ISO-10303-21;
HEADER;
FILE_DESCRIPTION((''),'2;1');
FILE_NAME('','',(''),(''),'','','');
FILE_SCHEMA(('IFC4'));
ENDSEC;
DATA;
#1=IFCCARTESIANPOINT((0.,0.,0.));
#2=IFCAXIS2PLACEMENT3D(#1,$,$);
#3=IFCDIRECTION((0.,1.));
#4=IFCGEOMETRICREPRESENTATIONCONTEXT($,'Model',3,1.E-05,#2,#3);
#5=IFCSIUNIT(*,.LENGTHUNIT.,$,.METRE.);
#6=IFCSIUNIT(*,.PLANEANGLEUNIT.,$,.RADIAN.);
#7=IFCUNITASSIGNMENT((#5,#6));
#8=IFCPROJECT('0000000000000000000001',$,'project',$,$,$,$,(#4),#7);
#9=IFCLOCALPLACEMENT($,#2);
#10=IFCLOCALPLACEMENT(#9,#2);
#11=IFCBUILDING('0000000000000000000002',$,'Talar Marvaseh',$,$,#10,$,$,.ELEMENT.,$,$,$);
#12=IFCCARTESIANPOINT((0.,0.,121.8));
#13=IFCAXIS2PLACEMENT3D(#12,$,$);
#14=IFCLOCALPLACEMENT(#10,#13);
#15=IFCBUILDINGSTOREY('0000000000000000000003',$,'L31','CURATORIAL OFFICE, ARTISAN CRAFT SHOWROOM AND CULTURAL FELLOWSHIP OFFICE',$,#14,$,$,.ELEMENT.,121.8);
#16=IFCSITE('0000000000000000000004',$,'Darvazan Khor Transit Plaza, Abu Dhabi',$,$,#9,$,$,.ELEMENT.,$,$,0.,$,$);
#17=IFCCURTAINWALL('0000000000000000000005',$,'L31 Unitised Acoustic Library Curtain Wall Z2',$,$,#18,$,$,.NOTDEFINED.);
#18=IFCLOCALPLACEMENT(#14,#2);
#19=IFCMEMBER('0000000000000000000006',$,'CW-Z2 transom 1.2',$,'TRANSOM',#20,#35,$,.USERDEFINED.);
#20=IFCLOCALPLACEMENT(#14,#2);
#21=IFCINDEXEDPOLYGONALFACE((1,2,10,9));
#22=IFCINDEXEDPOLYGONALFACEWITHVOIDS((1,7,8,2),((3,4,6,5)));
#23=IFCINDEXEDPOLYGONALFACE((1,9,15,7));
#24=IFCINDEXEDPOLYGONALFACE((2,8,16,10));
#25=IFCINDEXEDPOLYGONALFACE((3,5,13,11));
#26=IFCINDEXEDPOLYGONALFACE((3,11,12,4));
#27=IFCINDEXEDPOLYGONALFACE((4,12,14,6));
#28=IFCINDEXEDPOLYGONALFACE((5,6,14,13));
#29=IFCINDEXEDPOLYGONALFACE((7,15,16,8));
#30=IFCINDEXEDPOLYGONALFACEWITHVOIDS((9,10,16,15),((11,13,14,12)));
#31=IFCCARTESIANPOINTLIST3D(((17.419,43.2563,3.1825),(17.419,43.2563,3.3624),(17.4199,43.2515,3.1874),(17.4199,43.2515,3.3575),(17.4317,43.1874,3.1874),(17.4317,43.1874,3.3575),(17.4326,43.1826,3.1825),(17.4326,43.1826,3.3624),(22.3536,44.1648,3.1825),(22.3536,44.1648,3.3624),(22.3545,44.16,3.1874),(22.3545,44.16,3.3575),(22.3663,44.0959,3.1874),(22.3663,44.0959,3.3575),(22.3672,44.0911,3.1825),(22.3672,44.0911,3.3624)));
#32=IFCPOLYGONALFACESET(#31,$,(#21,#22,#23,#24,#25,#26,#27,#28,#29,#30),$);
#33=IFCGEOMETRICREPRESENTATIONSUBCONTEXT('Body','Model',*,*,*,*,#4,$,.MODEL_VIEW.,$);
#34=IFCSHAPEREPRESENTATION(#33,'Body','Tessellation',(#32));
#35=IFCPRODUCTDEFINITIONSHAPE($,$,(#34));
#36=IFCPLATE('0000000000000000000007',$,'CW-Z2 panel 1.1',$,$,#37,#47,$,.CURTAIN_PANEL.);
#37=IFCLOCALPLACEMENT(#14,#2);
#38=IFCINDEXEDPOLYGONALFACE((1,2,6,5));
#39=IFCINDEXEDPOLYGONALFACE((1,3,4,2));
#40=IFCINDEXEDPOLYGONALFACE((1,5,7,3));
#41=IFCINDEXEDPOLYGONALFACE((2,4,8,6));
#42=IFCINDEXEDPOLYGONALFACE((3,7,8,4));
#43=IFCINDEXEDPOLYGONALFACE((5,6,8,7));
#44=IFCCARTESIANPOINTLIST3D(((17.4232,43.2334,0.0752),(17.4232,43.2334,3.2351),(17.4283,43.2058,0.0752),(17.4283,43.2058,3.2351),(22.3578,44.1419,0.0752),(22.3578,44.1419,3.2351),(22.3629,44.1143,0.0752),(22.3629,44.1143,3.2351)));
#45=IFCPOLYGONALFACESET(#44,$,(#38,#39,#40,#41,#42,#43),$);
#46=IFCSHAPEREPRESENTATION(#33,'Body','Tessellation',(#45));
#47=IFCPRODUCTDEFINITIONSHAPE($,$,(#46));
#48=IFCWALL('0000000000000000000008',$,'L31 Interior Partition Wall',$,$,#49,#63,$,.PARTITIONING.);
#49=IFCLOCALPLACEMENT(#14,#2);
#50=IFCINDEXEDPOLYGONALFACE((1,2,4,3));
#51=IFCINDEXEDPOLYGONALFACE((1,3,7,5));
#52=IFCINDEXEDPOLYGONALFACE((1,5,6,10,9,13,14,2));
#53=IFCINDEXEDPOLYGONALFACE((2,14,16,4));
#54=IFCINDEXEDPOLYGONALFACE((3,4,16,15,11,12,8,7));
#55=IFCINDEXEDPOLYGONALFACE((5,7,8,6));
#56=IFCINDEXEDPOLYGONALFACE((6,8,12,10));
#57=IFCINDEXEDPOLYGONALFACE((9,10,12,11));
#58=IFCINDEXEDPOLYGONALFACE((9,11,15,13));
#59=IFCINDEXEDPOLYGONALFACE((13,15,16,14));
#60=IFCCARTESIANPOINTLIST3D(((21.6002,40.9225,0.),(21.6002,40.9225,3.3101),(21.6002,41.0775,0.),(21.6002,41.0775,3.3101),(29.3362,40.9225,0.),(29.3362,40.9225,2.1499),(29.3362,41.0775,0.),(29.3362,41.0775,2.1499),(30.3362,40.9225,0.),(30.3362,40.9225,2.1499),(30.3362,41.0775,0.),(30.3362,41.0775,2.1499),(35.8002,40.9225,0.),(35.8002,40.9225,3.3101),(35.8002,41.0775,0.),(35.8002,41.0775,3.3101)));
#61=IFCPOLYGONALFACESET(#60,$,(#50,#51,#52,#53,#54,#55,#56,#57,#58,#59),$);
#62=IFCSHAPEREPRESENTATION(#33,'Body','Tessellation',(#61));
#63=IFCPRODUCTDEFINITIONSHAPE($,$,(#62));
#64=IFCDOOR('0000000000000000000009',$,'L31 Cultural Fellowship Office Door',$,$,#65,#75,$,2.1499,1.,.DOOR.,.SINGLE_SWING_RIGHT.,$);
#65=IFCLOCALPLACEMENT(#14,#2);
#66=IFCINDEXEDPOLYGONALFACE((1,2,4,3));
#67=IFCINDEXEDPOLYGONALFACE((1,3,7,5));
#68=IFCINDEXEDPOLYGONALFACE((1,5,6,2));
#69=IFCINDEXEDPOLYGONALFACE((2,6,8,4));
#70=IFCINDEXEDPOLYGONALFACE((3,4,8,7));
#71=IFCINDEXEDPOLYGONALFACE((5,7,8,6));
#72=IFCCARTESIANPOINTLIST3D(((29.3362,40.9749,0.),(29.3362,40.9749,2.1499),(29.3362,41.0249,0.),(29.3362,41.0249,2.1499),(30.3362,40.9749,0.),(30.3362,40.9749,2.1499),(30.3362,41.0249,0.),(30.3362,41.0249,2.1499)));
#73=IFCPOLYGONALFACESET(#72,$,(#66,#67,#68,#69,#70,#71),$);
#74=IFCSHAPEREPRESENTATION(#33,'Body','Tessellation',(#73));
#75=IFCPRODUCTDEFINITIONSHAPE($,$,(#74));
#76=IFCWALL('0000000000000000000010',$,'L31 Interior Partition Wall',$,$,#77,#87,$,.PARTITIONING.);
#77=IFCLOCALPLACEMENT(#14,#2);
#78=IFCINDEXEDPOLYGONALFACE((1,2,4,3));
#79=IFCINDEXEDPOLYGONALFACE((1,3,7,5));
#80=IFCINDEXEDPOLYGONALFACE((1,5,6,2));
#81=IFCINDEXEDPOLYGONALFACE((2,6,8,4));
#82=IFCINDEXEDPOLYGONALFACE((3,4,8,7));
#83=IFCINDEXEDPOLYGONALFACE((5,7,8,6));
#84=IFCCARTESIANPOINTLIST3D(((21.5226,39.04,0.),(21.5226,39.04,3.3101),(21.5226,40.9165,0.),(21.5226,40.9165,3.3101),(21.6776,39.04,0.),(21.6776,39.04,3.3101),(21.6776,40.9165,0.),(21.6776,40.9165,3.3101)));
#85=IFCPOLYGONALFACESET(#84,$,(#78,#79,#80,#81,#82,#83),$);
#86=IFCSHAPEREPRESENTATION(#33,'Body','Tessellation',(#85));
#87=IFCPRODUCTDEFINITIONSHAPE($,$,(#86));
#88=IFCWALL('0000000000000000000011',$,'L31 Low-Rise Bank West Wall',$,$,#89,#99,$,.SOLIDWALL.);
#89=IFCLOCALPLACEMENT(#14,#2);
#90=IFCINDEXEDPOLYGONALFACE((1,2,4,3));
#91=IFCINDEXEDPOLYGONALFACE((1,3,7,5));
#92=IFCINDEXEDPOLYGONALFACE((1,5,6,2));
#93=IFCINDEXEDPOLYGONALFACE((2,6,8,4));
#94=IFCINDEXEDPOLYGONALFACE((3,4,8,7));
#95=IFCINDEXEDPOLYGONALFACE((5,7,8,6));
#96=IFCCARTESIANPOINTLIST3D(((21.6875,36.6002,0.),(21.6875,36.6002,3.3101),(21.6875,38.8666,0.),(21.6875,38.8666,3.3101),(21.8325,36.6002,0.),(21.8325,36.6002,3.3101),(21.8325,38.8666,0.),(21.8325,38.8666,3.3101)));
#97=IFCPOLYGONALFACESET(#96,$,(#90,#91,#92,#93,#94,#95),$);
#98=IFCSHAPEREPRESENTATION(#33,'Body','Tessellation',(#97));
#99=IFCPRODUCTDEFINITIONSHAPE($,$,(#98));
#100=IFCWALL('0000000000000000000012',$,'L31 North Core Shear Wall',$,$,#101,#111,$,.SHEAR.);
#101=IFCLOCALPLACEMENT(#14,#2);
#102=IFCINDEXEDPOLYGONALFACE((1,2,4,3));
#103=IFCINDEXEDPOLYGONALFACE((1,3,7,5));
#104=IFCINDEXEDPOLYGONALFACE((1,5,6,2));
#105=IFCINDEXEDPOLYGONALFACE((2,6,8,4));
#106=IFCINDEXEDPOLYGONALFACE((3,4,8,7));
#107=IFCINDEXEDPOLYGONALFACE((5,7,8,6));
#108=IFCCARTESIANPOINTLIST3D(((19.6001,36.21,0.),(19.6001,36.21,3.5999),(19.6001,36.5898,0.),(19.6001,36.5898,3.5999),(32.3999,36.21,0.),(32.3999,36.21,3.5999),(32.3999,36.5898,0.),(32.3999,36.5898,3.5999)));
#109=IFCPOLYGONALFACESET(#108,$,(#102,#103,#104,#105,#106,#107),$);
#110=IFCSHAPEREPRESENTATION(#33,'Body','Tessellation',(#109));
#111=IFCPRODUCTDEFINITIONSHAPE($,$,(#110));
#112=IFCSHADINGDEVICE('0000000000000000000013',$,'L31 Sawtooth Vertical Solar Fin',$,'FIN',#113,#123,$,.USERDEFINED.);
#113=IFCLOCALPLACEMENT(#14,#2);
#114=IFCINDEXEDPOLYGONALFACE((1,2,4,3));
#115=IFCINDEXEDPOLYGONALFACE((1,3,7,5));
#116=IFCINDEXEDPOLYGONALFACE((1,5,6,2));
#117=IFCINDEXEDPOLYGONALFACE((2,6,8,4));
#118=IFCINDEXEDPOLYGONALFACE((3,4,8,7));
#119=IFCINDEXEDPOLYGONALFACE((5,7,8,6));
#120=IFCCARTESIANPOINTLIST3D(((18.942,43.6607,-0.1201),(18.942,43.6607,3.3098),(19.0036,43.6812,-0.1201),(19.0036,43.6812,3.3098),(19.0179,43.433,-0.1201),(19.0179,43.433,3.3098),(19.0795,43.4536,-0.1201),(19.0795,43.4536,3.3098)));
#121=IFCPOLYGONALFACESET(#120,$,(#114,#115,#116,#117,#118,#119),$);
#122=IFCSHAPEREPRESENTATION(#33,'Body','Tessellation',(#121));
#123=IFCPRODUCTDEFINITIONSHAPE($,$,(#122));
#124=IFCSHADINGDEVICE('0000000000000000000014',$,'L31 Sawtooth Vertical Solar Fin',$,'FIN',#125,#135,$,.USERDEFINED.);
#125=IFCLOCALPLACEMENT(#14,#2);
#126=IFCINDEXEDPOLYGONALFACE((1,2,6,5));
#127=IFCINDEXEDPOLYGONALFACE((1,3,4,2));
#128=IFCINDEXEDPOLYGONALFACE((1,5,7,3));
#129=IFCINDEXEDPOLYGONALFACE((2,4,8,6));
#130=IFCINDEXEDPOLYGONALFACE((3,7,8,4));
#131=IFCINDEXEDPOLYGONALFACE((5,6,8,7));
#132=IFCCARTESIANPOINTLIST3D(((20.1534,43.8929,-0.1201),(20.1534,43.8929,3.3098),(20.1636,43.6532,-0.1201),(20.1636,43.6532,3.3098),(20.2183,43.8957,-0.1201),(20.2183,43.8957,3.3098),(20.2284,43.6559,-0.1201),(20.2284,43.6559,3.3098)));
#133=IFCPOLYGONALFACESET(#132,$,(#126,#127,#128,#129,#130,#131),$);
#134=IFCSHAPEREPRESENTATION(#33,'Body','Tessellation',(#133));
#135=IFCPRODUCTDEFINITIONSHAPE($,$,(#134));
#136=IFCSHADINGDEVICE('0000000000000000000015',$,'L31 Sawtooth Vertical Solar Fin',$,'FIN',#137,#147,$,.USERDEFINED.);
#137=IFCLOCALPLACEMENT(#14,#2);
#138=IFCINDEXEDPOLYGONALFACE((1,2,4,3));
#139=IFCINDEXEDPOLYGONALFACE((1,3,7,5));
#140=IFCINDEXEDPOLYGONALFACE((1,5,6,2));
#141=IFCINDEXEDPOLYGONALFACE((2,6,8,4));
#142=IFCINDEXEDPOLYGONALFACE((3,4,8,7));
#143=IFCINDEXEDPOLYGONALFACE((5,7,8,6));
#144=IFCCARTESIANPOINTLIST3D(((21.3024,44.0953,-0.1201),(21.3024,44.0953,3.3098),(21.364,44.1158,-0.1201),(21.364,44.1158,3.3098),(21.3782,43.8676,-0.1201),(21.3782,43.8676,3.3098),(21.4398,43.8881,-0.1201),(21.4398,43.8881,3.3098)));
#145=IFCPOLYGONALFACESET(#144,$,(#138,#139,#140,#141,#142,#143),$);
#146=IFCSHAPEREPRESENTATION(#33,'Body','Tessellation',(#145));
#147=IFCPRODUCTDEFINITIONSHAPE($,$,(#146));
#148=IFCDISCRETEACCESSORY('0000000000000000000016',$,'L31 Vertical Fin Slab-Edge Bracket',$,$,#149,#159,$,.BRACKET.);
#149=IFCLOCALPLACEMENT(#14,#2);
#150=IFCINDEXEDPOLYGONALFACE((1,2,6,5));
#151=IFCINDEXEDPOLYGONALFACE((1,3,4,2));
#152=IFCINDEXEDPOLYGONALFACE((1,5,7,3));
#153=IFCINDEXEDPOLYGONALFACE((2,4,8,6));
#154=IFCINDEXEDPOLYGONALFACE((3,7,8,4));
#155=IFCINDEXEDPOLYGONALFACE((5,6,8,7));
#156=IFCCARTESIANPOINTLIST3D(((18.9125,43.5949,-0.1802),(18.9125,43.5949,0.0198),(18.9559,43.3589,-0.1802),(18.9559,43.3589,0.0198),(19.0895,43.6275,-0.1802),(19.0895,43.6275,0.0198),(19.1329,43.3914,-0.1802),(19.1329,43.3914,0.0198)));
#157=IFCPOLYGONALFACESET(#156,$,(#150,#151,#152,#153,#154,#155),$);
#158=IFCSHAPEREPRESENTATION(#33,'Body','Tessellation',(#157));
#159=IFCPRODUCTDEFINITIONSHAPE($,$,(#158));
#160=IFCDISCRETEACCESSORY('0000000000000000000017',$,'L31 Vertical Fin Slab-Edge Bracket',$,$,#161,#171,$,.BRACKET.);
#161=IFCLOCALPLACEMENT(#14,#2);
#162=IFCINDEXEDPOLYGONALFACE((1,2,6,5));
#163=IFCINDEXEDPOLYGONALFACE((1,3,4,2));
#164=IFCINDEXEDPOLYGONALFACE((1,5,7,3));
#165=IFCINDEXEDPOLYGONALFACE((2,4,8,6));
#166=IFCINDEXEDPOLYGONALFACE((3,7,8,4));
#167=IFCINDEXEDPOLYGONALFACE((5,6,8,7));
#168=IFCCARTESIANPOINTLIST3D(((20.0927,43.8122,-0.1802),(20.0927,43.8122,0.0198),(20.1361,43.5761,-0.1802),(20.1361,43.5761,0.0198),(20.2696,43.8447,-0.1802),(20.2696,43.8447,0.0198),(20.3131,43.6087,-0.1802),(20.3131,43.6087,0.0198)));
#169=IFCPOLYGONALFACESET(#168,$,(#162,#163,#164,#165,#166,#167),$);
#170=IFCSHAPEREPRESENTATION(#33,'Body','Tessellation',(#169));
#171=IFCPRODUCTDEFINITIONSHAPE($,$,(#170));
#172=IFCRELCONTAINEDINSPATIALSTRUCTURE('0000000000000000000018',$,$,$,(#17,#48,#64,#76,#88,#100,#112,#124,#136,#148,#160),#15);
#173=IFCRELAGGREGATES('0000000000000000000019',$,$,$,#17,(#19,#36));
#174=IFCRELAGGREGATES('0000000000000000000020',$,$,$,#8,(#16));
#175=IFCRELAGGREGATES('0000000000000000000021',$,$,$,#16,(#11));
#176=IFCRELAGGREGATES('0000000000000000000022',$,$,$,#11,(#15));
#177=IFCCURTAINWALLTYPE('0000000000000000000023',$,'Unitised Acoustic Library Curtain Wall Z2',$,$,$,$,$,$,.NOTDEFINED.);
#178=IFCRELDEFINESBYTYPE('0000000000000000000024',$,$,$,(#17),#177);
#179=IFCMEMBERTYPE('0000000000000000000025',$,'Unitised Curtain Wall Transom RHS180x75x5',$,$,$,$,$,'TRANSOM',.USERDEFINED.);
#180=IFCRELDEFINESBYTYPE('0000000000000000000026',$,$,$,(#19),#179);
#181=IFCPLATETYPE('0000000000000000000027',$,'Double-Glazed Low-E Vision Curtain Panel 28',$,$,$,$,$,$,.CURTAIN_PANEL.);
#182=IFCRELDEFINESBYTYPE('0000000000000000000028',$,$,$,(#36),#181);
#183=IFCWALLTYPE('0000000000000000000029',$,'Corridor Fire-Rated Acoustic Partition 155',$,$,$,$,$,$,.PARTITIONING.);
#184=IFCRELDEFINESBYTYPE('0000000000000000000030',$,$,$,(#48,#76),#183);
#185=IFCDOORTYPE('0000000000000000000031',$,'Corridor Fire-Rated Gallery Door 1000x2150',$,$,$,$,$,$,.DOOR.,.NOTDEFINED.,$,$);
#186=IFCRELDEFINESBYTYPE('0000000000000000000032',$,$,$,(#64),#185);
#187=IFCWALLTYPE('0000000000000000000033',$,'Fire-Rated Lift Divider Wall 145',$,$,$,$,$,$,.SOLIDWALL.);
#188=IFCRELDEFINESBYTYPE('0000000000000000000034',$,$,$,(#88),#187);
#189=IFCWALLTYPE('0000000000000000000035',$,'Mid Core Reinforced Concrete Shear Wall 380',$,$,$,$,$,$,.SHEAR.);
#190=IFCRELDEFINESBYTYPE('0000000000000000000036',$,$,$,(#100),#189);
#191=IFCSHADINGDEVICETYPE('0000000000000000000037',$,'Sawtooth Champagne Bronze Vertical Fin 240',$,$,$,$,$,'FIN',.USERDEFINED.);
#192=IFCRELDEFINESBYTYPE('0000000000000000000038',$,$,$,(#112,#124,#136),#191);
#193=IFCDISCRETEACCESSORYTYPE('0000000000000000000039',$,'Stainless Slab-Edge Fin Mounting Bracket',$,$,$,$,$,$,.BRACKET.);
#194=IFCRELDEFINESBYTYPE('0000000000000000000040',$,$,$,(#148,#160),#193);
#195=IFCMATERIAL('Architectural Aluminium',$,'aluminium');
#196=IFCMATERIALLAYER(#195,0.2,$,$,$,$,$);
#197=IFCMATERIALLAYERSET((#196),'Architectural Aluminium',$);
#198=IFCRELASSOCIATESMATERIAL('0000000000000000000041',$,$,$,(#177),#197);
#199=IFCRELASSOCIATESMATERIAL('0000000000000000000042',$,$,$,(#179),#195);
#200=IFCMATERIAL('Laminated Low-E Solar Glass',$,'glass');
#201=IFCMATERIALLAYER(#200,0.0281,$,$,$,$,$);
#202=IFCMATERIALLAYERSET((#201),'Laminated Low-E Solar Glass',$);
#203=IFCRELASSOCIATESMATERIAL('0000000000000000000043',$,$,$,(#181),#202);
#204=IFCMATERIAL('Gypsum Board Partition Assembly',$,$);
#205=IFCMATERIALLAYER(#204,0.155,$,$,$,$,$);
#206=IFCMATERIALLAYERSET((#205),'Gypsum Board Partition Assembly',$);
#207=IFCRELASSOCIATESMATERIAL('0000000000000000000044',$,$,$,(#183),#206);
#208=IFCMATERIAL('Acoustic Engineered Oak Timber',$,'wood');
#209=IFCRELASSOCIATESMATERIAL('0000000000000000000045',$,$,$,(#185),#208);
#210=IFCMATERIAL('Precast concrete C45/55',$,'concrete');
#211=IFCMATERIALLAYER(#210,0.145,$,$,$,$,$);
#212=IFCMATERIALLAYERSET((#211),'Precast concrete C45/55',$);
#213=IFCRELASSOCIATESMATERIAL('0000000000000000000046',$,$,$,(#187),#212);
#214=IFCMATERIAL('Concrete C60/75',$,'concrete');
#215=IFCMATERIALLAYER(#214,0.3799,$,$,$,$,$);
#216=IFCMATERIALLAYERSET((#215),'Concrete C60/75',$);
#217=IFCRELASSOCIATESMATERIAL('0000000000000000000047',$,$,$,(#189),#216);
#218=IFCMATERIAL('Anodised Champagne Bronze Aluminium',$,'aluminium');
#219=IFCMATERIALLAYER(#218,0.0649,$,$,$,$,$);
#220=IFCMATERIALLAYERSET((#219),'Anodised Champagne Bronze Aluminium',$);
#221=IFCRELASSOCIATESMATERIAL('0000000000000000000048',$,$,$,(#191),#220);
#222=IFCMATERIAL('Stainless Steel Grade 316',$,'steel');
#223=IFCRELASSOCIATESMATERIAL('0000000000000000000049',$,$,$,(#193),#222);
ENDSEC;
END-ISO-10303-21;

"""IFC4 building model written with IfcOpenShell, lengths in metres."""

from ifc_helpers import new_model, si_unit, direction, frame, frame_2d, origin, origin_2d, place, context, subcontext, project, spatial, rectangle, hollow_rectangle, extrude, source, transform, mapped, material, layer, layer_set, material_profile, profile_set, type_object, type_shapes, element, fill, aggregate, save


model = new_model("IFC4")

# Units and contexts
model_context = context("Model", 3, precision=1e-05, world=origin(), true_north=direction((0.0, 1.0)))
body_context = subcontext(model_context, "Body", "Model", "MODEL_VIEW")
ifc_project = project(units=[si_unit("LENGTHUNIT", "METRE"), si_unit("PLANEANGLEUNIT", "RADIAN")], contexts=[model_context])

# Site, building, storey
site_placement = place(None, origin())
site = spatial("IfcSite", under=ifc_project, at=site_placement, Name="Darvazan Khor Transit Plaza, Abu Dhabi", CompositionType="ELEMENT", RefElevation=0.0)
building_placement = place(site_placement, origin())
building = spatial("IfcBuilding", under=site, at=building_placement, Name="Talar Marvaseh", CompositionType="ELEMENT")
storey_placement = place(building_placement, frame((0.0, 0.0, 121.8)))
storey = spatial("IfcBuildingStorey", under=building, at=storey_placement, Name="L31", Description="CURATORIAL OFFICE, ARTISAN CRAFT SHOWROOM AND CULTURAL FELLOWSHIP OFFICE", CompositionType="ELEMENT", Elevation=121.8)

# Shared definitions
ifc_material_1 = material(Name="Concrete C60/75", Category="concrete")

# Curtain wall, member, plate
ifc_material_2 = material(Name="Architectural Aluminium", Category="aluminium")
ifc_layer_1 = layer(ifc_material_2, 0.2)
ifc_layer_set_1 = layer_set([ifc_layer_1], Name="Architectural Aluminium")
curtain_wall_type = type_object("IfcCurtainWallType", Name="Unitised Acoustic Library Curtain Wall Z2", PredefinedType="NOTDEFINED", material=ifc_layer_set_1)
curtain_wall_placement = place(storey_placement, origin())
curtain_wall = element("IfcCurtainWall", 1, at=curtain_wall_placement, inside=storey, type_object=curtain_wall_type, Name="L31 Unitised Acoustic Library Curtain Wall Z2", PredefinedType="NOTDEFINED")
ifc_material_profile_1 = material_profile(ifc_material_2, hollow_rectangle(XDim=0.075, YDim=0.1799, WallThickness=0.0049, at=origin_2d()), Name="RHS180x75x5")
ifc_profile_set_1 = profile_set([ifc_material_profile_1], Name="Architectural Aluminium")
member_type_1 = type_object("IfcMemberType", Name="Unitised Curtain Wall Transom RHS180x75x5", ElementType="TRANSOM", PredefinedType="USERDEFINED", material=ifc_profile_set_1)
shared_shape_1 = source(origin(), body_context, "Body", "SweptSolid", [
    extrude(hollow_rectangle(XDim=0.075, YDim=0.1799, WallThickness=0.0049, at=origin_2d()), origin(), (0.0, 0.0, 1.0), 5.0176),
])
type_shapes(member_type_1, [shared_shape_1])
member_1_placement = place(storey_placement, frame((17.4258, 43.2195, 3.2725), z_axis=(0.983473, 0.181056, 0.0), x_axis=(-0.181056, 0.983473, 0.0)))
member_1 = element("IfcMember", 2, at=member_1_placement, type_object=member_type_1, Name="CW-Z2 transom 1.2", ObjectType="TRANSOM", PredefinedType="USERDEFINED", context=body_context, shape_type="MappedRepresentation", body=[
    mapped(shared_shape_1, transform((0.0, 0.0, 0.0), x_axis=(1.0, 0.0, 0.0), y_axis=(0.0, 1.0, 0.0), z_axis=(0.0, 0.0, 1.0), scale=1.0)),
])
ifc_material_3 = material(Name="Laminated Low-E Solar Glass", Category="glass")
ifc_layer_2 = layer(ifc_material_3, 0.0281)
ifc_layer_set_2 = layer_set([ifc_layer_2], Name="Laminated Low-E Solar Glass")
plate_type = type_object("IfcPlateType", Name="Double-Glazed Low-E Vision Curtain Panel 28", PredefinedType="CURTAIN_PANEL", material=ifc_layer_set_2)
shared_shape_2 = source(origin(), body_context, "Body", "SweptSolid", [
    extrude(rectangle(XDim=5.0176, YDim=0.0281, at=origin_2d()), origin(), (0.0, 0.0, 1.0), 3.1599),
])
type_shapes(plate_type, [shared_shape_2])
plate_placement = place(storey_placement, frame((19.8931, 43.6738, 0.0752), z_axis=(0.0, 0.0, 1.0), x_axis=(0.98347, 0.181071, 0.0)))
plate = element("IfcPlate", 3, at=plate_placement, type_object=plate_type, Name="CW-Z2 panel 1.1", PredefinedType="CURTAIN_PANEL", context=body_context, shape_type="MappedRepresentation", body=[
    mapped(shared_shape_2, transform((0.0, 0.0, 0.0), x_axis=(1.0, 0.0, 0.0), y_axis=(0.0, 1.0, 0.0), z_axis=(0.0, 0.0, 1.0), scale=1.0)),
])
aggregate(curtain_wall, [member_1, plate])

# Wall, opening, door
ifc_material_4 = material(Name="Gypsum Board Partition Assembly")
ifc_layer_3 = layer(ifc_material_4, 0.155)
ifc_layer_set_3 = layer_set([ifc_layer_3], Name="Gypsum Board Partition Assembly")
wall_type_1 = type_object("IfcWallType", Name="Corridor Fire-Rated Acoustic Partition 155", PredefinedType="PARTITIONING", material=ifc_layer_set_3)
wall_1_placement = place(storey_placement, frame((21.6001, 41.0, 0.0), z_axis=(0.0, 0.0, 1.0), x_axis=(1.0, 0.0, 0.0)))
wall_1 = element("IfcWall", 4, at=wall_1_placement, inside=storey, type_object=wall_type_1, Name="L31 Interior Partition Wall", PredefinedType="PARTITIONING", context=body_context, shape_type="SweptSolid", body=[
    extrude(rectangle(XDim=14.2, YDim=0.155, at=frame_2d((7.1001, 0.0))), origin(), (0.0, 0.0, 1.0), 3.3101),
])
opening_1_placement = place(wall_1_placement, frame((7.7361, 0.0, 0.0)))
opening_1 = element("IfcOpeningElement", 5, at=opening_1_placement, cuts=wall_1, PredefinedType="OPENING", context=body_context, shape_type="SweptSolid", body=[
    extrude(rectangle(XDim=1.0, YDim=2.1499, at=frame_2d((0.5, 1.075))), frame((0.0, 0.0874, 0.0), z_axis=(0.0, -1.0, 0.0), x_axis=(1.0, 0.0, 0.0)), (0.0, 0.0, 1.0), 0.175),
])
ifc_material_5 = material(Name="Acoustic Engineered Oak Timber", Category="wood")
door_type_1 = type_object("IfcDoorType", Name="Corridor Fire-Rated Gallery Door 1000x2150", OperationType="NOTDEFINED", PredefinedType="DOOR", material=ifc_material_5)
shared_shape_3 = source(origin(), body_context, "Body", "SweptSolid", [
    extrude(rectangle(XDim=1.0, YDim=2.1499, at=frame_2d((0.5, 1.075))), frame((0.0, 0.0249, 0.0), z_axis=(0.0, -1.0, 0.0), x_axis=(1.0, 0.0, 0.0)), (0.0, 0.0, 1.0), 0.05),
])
type_shapes(door_type_1, [shared_shape_3])
door_1_placement = place(opening_1_placement, origin())
door_1 = element("IfcDoor", 6, at=door_1_placement, inside=storey, type_object=door_type_1, Name="L31 Cultural Fellowship Office Door", OperationType="SINGLE_SWING_RIGHT", OverallHeight=2.1499, OverallWidth=1.0, PredefinedType="DOOR", context=body_context, shape_type="MappedRepresentation", body=[
    mapped(shared_shape_3, transform((0.0, 0.0, 0.0), x_axis=(1.0, 0.0, 0.0), y_axis=(0.0, 1.0, 0.0), z_axis=(0.0, 0.0, 1.0), scale=1.0)),
])
fill(opening_1, door_1)

# Walls
wall_2_placement = place(storey_placement, frame((21.6001, 39.04, 0.0), z_axis=(0.0, 0.0, 1.0), x_axis=(0.0, 1.0, 0.0)))
element("IfcWall", 7, at=wall_2_placement, inside=storey, type_object=wall_type_1, Name="L31 Interior Partition Wall", PredefinedType="PARTITIONING", context=body_context, shape_type="SweptSolid", body=[
    extrude(rectangle(XDim=1.8765, YDim=0.155, at=frame_2d((0.9382, 0.0))), origin(), (0.0, 0.0, 1.0), 3.3101),
])
ifc_material_6 = material(Name="Precast concrete C45/55", Category="concrete")
ifc_layer_4 = layer(ifc_material_6, 0.145)
ifc_layer_set_4 = layer_set([ifc_layer_4], Name="Precast concrete C45/55")
wall_type_2 = type_object("IfcWallType", Name="Fire-Rated Lift Divider Wall 145", PredefinedType="SOLIDWALL", material=ifc_layer_set_4)
wall_3_placement = place(storey_placement, frame((21.76, 36.6001, 0.0), z_axis=(0.0, 0.0, 1.0), x_axis=(0.0, 1.0, 0.0)))
element("IfcWall", 8, at=wall_3_placement, inside=storey, type_object=wall_type_2, Name="L31 Low-Rise Bank West Wall", PredefinedType="SOLIDWALL", context=body_context, shape_type="SweptSolid", body=[
    extrude(rectangle(XDim=2.2664, YDim=0.145, at=frame_2d((1.1333, 0.0))), origin(), (0.0, 0.0, 1.0), 3.3101),
])

# Shared definitions
ifc_material_7 = material(Name="Stainless Steel Grade 316", Category="steel")

# Wall
ifc_layer_5 = layer(ifc_material_1, 0.3799)
ifc_layer_set_5 = layer_set([ifc_layer_5], Name="Concrete C60/75")
wall_type_3 = type_object("IfcWallType", Name="Mid Core Reinforced Concrete Shear Wall 380", PredefinedType="SHEAR", material=ifc_layer_set_5)
wall_4_placement = place(storey_placement, frame((19.6001, 36.3999, 0.0), z_axis=(0.0, 0.0, 1.0), x_axis=(1.0, 0.0, 0.0)))
element("IfcWall", 9, at=wall_4_placement, inside=storey, type_object=wall_type_3, Name="L31 North Core Shear Wall", PredefinedType="SHEAR", context=body_context, shape_type="SweptSolid", body=[
    extrude(rectangle(XDim=12.7998, YDim=0.3799, at=frame_2d((6.3999, 0.0))), origin(), (0.0, 0.0, 1.0), 3.5999),
])

# Shading devices
ifc_material_8 = material(Name="Anodised Champagne Bronze Aluminium", Category="aluminium")
ifc_layer_6 = layer(ifc_material_8, 0.0649)
ifc_layer_set_6 = layer_set([ifc_layer_6], Name="Anodised Champagne Bronze Aluminium")
shading_device_type = type_object("IfcShadingDeviceType", Name="Sawtooth Champagne Bronze Vertical Fin 240", ElementType="FIN", PredefinedType="USERDEFINED", material=ifc_layer_set_6)
shared_shape_4 = source(origin(), body_context, "Body", "SweptSolid", [
    extrude(rectangle(XDim=0.24, YDim=0.0649, at=origin_2d()), origin(), (0.0, 0.0, 1.0), 3.4299),
])
type_shapes(shading_device_type, [shared_shape_4])
for number, where, z_axis, x_axis, name in (
    (10, (19.0107, 43.5571, -0.1201), (0.0, 0.0, 1.0), (-0.316146, 0.948711, 0.0), "L31 Sawtooth Vertical Solar Fin"),
    (11, (20.1909, 43.7744, -0.1201), (0.0, 0.0, 1.0), (-0.042399, 0.999101, 0.0), "L31 Sawtooth Vertical Solar Fin"),
    (12, (21.3711, 43.9917, -0.1201), (0.0, 0.0, 1.0), (-0.316146, 0.948711, 0.0), "L31 Sawtooth Vertical Solar Fin"),
):
    element("IfcShadingDevice", number, at=place(storey_placement, frame(where, z_axis=z_axis, x_axis=x_axis)), inside=storey, type_object=shading_device_type, Name=name, ObjectType="FIN", PredefinedType="USERDEFINED", context=body_context, shape_type="MappedRepresentation", body=[
        mapped(shared_shape_4, transform((0.0, 0.0, 0.0), x_axis=(1.0, 0.0, 0.0), y_axis=(0.0, 1.0, 0.0), z_axis=(0.0, 0.0, 1.0), scale=1.0)),
    ])

# Discrete accessories
discrete_accessory_type = type_object("IfcDiscreteAccessoryType", Name="Stainless Slab-Edge Fin Mounting Bracket", PredefinedType="BRACKET", material=ifc_material_7)
shared_shape_5 = source(origin(), body_context, "Body", "SweptSolid", [
    extrude(rectangle(XDim=0.24, YDim=0.1799, at=origin_2d()), origin(), (0.0, 0.0, 1.0), 0.2),
])
type_shapes(discrete_accessory_type, [shared_shape_5])
for number, where, z_axis, x_axis, name in (
    (13, (19.0227, 43.4932, -0.1802), (0.0, 0.0, 1.0), (-0.181034, 0.983477, 0.0), "L31 Vertical Fin Slab-Edge Bracket"),
    (14, (20.2029, 43.7104, -0.1802), (0.0, 0.0, 1.0), (-0.181034, 0.983477, 0.0), "L31 Vertical Fin Slab-Edge Bracket"),
):
    element("IfcDiscreteAccessory", number, at=place(storey_placement, frame(where, z_axis=z_axis, x_axis=x_axis)), inside=storey, type_object=discrete_accessory_type, Name=name, PredefinedType="BRACKET", context=body_context, shape_type="MappedRepresentation", body=[
        mapped(shared_shape_5, transform((0.0, 0.0, 0.0), x_axis=(1.0, 0.0, 0.0), y_axis=(0.0, 1.0, 0.0), z_axis=(0.0, 0.0, 1.0), scale=1.0)),
    ])

save(model, "model.ifc")
